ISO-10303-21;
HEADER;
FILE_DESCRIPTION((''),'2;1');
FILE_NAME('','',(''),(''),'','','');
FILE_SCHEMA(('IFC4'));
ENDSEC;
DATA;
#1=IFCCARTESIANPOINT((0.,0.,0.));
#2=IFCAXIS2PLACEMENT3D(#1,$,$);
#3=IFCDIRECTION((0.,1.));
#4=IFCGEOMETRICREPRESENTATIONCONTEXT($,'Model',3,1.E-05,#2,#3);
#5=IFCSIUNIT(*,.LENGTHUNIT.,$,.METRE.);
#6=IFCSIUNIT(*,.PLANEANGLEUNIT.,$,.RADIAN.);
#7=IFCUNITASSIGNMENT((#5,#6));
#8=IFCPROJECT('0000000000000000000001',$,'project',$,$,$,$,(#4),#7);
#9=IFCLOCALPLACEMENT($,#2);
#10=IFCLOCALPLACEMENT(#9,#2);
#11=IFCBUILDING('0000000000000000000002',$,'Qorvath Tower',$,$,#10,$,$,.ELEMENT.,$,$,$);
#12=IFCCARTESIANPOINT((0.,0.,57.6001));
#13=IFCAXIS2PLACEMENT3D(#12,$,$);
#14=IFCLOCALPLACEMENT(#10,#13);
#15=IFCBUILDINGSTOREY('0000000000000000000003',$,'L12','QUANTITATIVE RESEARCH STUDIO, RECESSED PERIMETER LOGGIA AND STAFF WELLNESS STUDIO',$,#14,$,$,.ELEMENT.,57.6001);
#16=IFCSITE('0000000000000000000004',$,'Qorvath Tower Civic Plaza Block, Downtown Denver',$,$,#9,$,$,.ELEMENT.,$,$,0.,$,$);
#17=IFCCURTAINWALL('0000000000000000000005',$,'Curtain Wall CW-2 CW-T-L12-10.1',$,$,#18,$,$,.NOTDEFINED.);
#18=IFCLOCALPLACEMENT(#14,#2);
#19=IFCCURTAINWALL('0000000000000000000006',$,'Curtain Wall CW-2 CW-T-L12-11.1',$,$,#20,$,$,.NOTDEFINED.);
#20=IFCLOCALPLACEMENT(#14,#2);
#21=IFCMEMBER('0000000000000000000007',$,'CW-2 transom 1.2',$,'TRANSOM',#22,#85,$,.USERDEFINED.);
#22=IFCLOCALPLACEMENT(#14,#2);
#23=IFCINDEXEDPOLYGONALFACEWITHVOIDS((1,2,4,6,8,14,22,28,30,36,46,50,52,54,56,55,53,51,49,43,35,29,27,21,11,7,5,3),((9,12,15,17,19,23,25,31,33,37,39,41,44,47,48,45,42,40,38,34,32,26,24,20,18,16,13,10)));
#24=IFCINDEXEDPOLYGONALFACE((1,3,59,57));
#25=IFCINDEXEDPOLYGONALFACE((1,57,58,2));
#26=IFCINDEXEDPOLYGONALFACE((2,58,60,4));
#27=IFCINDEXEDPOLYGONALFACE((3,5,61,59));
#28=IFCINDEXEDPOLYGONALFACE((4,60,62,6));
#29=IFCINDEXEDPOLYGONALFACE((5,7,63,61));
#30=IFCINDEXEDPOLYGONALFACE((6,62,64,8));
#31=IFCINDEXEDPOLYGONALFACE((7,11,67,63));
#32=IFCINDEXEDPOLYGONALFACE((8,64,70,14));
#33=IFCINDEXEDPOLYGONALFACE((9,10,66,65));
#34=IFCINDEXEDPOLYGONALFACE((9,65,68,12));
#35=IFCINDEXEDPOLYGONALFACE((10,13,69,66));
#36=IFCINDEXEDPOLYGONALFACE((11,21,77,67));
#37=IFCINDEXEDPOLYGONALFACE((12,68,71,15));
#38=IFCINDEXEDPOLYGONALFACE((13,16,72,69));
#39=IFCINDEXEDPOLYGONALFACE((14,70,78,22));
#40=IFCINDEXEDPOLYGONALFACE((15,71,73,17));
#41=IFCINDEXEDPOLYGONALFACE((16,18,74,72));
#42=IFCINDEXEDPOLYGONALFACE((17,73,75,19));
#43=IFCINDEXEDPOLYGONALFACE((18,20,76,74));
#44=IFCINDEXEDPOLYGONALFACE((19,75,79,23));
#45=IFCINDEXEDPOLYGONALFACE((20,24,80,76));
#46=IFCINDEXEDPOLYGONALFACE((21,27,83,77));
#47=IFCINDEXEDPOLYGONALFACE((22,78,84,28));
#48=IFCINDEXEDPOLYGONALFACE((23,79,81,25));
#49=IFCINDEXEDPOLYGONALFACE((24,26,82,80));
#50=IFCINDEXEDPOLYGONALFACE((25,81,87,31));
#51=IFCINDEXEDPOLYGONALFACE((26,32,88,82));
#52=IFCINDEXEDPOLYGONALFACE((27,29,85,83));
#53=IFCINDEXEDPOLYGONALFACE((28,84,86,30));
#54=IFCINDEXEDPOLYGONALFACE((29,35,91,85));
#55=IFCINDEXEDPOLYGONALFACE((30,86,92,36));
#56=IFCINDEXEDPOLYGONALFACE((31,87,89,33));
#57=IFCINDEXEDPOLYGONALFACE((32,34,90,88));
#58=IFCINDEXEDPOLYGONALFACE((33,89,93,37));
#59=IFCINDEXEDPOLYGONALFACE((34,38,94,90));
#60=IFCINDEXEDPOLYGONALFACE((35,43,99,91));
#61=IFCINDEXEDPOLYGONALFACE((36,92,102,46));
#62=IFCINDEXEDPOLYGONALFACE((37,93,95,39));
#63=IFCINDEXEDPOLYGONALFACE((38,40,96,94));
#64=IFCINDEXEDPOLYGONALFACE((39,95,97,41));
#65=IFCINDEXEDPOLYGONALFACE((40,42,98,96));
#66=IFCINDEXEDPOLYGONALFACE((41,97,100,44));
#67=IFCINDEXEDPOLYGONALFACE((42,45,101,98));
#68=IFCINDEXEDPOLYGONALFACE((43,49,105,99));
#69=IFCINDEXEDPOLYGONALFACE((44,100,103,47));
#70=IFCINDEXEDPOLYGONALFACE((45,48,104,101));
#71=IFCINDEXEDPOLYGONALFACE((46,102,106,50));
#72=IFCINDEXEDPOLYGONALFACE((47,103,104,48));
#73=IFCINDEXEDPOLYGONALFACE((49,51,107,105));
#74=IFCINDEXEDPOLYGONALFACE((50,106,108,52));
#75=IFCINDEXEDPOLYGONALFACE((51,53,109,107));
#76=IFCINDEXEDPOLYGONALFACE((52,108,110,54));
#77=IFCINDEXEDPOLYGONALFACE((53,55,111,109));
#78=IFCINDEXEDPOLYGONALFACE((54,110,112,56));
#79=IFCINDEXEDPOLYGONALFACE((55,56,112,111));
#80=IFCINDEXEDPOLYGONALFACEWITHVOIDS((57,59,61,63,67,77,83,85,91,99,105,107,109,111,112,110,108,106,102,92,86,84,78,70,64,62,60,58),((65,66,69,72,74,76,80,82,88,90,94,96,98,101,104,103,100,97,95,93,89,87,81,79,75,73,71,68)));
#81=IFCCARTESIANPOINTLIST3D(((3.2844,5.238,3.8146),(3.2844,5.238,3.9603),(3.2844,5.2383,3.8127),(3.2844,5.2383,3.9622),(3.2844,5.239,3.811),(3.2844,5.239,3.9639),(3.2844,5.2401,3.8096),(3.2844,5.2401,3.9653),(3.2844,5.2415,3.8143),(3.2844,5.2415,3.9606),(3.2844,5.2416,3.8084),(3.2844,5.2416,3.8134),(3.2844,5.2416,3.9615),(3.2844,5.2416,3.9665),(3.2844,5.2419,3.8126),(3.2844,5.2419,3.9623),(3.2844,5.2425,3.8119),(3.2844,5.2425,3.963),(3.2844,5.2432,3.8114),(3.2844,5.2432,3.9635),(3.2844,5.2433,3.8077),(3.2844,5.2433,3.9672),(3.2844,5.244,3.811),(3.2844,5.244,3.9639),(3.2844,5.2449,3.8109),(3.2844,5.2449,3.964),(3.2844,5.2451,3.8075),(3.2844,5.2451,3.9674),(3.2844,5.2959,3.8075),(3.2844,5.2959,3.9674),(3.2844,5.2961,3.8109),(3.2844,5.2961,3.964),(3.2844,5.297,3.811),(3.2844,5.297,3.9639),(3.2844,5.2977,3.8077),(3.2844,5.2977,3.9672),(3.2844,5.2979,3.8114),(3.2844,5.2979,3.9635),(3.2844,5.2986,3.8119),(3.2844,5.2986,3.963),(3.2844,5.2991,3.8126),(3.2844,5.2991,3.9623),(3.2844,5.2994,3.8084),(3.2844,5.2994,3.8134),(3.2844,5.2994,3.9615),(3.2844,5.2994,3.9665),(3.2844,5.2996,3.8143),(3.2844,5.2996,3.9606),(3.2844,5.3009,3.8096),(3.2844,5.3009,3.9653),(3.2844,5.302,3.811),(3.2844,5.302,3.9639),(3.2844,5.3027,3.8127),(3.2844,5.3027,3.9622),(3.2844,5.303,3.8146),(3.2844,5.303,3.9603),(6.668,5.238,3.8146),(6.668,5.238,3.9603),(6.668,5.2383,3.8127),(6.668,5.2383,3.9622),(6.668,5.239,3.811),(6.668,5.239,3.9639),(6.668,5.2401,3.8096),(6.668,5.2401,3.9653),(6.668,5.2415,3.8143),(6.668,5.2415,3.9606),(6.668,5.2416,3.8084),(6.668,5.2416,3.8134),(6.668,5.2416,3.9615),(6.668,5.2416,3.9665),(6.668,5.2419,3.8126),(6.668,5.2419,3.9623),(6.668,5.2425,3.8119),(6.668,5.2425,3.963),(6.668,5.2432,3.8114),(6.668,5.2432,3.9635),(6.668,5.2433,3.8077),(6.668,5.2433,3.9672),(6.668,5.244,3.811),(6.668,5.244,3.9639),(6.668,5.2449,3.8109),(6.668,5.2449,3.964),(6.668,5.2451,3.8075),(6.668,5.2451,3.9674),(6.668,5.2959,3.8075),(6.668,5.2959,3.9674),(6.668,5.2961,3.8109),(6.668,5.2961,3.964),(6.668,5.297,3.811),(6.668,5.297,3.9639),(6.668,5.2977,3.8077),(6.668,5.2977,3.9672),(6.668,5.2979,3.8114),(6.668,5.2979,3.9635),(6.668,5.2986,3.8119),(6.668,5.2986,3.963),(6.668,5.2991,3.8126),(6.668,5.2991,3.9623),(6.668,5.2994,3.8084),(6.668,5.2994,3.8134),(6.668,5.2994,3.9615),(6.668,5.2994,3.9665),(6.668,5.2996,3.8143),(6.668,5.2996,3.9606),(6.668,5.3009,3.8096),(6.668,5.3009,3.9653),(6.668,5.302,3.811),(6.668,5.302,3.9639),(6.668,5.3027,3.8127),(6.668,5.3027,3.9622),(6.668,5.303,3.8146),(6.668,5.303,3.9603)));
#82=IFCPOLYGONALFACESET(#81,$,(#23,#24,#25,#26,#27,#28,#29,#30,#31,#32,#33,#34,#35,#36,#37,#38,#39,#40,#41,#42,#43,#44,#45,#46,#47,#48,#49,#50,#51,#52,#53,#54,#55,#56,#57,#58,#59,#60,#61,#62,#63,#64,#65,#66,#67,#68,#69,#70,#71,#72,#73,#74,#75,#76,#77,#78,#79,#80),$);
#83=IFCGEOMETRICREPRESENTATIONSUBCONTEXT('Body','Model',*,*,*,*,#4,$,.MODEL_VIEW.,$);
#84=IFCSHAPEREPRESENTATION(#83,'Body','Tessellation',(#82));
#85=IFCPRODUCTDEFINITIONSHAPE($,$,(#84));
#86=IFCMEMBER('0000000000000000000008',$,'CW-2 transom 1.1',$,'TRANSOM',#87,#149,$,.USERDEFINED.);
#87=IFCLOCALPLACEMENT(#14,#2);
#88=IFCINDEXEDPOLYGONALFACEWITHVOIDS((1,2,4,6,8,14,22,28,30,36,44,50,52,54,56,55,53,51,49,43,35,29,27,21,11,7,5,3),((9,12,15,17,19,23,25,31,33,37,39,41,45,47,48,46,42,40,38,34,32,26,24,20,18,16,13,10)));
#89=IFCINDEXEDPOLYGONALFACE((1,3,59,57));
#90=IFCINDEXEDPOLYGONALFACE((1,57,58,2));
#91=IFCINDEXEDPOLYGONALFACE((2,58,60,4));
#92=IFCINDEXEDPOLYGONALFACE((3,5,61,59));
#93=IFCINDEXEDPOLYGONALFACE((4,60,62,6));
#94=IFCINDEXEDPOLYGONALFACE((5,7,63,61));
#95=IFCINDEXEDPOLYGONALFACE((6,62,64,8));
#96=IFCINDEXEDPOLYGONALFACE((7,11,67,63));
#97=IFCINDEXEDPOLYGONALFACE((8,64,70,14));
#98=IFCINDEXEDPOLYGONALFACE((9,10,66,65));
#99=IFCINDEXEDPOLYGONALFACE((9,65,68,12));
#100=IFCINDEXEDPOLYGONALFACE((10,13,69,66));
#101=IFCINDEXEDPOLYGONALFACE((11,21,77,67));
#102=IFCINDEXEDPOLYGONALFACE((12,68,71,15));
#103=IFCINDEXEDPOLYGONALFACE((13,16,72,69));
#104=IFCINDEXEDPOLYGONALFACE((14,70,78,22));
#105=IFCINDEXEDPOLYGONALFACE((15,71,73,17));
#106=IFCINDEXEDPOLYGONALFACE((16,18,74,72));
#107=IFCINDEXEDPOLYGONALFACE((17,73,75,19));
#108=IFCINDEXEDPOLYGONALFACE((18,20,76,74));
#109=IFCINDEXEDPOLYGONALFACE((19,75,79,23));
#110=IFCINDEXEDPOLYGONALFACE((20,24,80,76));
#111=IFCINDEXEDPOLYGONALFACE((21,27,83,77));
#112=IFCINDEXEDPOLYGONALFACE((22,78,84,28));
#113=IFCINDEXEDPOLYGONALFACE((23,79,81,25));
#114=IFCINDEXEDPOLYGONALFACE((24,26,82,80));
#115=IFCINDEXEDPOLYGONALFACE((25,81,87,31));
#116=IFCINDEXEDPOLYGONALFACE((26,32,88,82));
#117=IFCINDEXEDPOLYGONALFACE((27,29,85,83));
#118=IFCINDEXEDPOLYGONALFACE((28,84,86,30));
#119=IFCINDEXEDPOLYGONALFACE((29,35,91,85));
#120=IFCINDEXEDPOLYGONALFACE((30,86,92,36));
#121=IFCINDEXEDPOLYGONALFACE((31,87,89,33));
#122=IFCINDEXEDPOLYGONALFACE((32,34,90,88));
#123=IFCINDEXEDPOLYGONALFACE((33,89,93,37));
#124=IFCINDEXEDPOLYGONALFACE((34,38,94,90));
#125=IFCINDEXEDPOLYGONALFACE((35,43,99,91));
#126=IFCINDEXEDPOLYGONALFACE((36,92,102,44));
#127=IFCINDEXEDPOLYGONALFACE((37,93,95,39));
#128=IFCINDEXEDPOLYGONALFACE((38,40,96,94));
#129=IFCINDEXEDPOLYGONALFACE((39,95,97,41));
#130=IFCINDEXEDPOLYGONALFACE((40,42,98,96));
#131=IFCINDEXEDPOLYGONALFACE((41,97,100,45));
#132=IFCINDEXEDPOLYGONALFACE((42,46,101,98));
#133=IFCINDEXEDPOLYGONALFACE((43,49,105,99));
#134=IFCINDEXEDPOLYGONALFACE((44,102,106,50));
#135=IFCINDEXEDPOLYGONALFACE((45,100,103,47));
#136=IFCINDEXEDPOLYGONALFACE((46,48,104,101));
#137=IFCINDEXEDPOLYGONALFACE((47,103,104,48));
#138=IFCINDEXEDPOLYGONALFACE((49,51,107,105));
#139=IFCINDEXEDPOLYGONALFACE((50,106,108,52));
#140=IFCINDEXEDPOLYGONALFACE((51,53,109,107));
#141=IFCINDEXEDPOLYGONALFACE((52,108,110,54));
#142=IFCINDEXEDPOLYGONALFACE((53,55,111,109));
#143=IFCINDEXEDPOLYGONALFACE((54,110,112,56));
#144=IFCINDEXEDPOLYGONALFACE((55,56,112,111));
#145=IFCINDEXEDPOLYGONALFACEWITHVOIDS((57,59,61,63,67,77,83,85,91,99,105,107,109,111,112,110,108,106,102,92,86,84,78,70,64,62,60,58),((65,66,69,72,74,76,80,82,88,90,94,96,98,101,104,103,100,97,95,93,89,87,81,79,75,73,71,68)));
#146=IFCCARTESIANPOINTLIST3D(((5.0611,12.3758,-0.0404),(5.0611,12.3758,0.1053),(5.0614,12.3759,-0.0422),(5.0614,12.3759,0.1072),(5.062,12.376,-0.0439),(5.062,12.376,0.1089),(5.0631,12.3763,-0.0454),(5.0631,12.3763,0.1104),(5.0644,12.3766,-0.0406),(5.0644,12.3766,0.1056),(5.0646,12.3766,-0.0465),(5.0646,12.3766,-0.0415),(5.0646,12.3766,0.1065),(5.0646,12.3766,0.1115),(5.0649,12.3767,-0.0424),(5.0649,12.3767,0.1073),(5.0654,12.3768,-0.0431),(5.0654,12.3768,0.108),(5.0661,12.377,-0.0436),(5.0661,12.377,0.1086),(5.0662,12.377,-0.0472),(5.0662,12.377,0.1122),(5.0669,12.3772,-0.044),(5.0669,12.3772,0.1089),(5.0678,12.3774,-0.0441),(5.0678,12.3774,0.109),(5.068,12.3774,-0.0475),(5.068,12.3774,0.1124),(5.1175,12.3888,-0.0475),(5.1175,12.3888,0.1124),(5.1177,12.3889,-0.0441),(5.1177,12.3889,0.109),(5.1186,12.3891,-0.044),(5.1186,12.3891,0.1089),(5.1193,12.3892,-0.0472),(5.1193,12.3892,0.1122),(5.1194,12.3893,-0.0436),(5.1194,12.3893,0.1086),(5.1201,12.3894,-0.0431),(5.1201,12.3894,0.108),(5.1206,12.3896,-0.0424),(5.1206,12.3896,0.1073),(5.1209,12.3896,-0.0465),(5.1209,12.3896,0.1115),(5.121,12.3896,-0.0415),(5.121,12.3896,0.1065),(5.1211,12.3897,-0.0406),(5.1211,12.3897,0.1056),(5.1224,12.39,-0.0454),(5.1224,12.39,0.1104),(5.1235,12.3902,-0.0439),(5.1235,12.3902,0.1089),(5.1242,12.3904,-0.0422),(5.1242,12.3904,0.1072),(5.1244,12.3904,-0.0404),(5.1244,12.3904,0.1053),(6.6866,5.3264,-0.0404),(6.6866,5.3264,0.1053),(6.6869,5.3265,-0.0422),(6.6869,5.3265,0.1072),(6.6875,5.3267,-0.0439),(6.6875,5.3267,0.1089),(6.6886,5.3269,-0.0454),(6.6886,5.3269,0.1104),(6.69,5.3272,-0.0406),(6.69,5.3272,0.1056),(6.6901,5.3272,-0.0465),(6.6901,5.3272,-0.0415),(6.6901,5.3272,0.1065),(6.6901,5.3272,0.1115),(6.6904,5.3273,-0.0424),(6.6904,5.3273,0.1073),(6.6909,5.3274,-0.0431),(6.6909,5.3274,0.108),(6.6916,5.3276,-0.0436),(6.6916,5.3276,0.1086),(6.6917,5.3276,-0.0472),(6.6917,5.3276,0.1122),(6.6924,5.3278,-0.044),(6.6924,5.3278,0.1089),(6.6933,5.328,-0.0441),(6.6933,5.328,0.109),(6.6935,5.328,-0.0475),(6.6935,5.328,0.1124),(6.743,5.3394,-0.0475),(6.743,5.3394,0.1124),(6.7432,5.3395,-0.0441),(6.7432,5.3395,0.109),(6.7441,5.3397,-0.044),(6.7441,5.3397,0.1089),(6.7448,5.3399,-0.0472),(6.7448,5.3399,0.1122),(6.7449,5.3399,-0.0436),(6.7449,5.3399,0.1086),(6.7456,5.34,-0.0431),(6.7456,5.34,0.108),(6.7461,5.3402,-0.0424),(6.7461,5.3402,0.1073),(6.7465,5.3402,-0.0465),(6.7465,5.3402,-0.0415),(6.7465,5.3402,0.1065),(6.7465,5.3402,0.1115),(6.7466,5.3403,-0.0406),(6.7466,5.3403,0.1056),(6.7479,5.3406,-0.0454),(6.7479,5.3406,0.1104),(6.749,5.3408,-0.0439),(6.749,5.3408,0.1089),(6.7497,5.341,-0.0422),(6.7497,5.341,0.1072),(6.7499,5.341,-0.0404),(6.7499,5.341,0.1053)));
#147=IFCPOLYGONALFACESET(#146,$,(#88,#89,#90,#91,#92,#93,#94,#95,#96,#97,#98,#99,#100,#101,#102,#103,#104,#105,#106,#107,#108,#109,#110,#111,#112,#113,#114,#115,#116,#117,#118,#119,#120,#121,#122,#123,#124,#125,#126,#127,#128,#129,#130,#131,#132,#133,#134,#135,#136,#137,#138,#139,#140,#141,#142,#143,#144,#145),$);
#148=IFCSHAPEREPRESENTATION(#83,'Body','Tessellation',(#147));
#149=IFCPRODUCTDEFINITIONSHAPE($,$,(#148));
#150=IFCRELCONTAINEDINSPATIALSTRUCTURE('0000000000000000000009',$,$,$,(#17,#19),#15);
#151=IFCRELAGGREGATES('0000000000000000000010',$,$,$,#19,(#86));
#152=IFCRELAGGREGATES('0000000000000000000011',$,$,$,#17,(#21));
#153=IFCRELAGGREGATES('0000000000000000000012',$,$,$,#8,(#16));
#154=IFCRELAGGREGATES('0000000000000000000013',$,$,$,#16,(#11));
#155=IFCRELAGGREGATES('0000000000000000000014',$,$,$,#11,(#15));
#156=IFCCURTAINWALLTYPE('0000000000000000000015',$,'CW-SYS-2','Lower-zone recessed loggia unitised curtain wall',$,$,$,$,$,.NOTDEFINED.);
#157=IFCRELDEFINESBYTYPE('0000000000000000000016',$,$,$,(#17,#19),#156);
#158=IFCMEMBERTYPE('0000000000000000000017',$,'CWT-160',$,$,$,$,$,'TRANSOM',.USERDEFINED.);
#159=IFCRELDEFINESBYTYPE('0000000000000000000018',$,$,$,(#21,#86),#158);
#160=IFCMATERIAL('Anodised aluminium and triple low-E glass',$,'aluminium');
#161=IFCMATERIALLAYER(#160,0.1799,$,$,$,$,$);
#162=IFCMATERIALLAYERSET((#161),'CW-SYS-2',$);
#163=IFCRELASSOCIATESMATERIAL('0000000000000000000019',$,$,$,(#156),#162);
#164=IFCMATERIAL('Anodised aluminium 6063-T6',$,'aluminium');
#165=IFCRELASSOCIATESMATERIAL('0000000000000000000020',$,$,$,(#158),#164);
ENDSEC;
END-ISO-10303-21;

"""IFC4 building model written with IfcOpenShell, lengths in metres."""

from ifc_helpers import new_model, si_unit, direction, frame, origin, origin_2d, place, context, subcontext, project, spatial, hollow_rectangle, extrude, material, layer, layer_set, material_profile, profile_set, type_object, element, aggregate, save


model = new_model("IFC4")

# Units and contexts
model_context = context("Model", 3, precision=1e-05, world=origin(), true_north=direction((0.0, 1.0)))
body_context = subcontext(model_context, "Body", "Model", "MODEL_VIEW")
ifc_project = project(units=[si_unit("LENGTHUNIT", "METRE"), si_unit("PLANEANGLEUNIT", "RADIAN")], contexts=[model_context])

# Site, building, storey
site_placement = place(None, origin())
site = spatial("IfcSite", under=ifc_project, at=site_placement, Name="Qorvath Tower Civic Plaza Block, Downtown Denver", CompositionType="ELEMENT", RefElevation=0.0)
building_placement = place(site_placement, origin())
building = spatial("IfcBuilding", under=site, at=building_placement, Name="Qorvath Tower", CompositionType="ELEMENT")
storey_placement = place(building_placement, frame((0.0, 0.0, 57.6001)))
storey = spatial("IfcBuildingStorey", under=building, at=storey_placement, Name="L12", Description="QUANTITATIVE RESEARCH STUDIO, RECESSED PERIMETER LOGGIA AND STAFF WELLNESS STUDIO", CompositionType="ELEMENT", Elevation=57.6001)

# Curtain wall
ifc_material_1 = material(Name="Anodised aluminium and triple low-E glass", Category="aluminium")
ifc_layer_1 = layer(ifc_material_1, 0.1799)
ifc_layer_set_1 = layer_set([ifc_layer_1], Name="CW-SYS-2")
curtain_wall_type = type_object("IfcCurtainWallType", Name="CW-SYS-2", Description="Lower-zone recessed loggia unitised curtain wall", PredefinedType="NOTDEFINED", material=ifc_layer_set_1)
curtain_wall_1_placement = place(storey_placement, origin())
curtain_wall_1 = element("IfcCurtainWall", 1, at=curtain_wall_1_placement, inside=storey, type_object=curtain_wall_type, Name="Curtain Wall CW-2 CW-T-L12-10.1", PredefinedType="NOTDEFINED")

# Curtain wall
curtain_wall_2_placement = place(storey_placement, origin())
curtain_wall_2 = element("IfcCurtainWall", 2, at=curtain_wall_2_placement, inside=storey, type_object=curtain_wall_type, Name="Curtain Wall CW-2 CW-T-L12-11.1", PredefinedType="NOTDEFINED")

# Members
ifc_material_2 = material(Name="Anodised aluminium 6063-T6", Category="aluminium")
ifc_material_profile_1 = material_profile(ifc_material_2, hollow_rectangle(XDim=0.0649, YDim=0.1599, WallThickness=0.0034, InnerFilletRadius=0.0034, OuterFilletRadius=0.0071, at=origin_2d()), Name="CWT 160x65")
ifc_profile_set_1 = profile_set([ifc_material_profile_1], Name="Anodised aluminium 6063-T6")
member_type_1 = type_object("IfcMemberType", Name="CWT-160", ElementType="TRANSOM", PredefinedType="USERDEFINED", material=ifc_profile_set_1)
member_1_placement = place(storey_placement, frame((3.2844, 5.2705, 3.8875), z_axis=(1.0, 0.0, 0.0), x_axis=(0.0, 1.0, 0.0)))
member_1 = element("IfcMember", 3, at=member_1_placement, type_object=member_type_1, Name="CW-2 transom 1.2", ObjectType="TRANSOM", PredefinedType="USERDEFINED", context=body_context, shape_type="SweptSolid", body=[
    extrude(hollow_rectangle(XDim=0.0649, YDim=0.1599, WallThickness=0.0034, InnerFilletRadius=0.0034, OuterFilletRadius=0.0071, at=origin_2d()), origin(), (0.0, 0.0, 1.0), 3.3835),
])
member_2_placement = place(storey_placement, frame((6.7183, 5.3337, 0.0325), z_axis=(-0.224692, 0.97443, 0.0), x_axis=(-0.97443, -0.224692, 0.0)))
member_2 = element("IfcMember", 4, at=member_2_placement, type_object=member_type_1, Name="CW-2 transom 1.1", ObjectType="TRANSOM", PredefinedType="USERDEFINED", context=body_context, shape_type="SweptSolid", body=[
    extrude(hollow_rectangle(XDim=0.0649, YDim=0.1599, WallThickness=0.0034, InnerFilletRadius=0.0034, OuterFilletRadius=0.0071, at=origin_2d()), origin(), (0.0, 0.0, 1.0), 7.2344),
])
aggregate(curtain_wall_2, [member_2])

aggregate(curtain_wall_1, [member_1])

save(model, "model.ifc")
